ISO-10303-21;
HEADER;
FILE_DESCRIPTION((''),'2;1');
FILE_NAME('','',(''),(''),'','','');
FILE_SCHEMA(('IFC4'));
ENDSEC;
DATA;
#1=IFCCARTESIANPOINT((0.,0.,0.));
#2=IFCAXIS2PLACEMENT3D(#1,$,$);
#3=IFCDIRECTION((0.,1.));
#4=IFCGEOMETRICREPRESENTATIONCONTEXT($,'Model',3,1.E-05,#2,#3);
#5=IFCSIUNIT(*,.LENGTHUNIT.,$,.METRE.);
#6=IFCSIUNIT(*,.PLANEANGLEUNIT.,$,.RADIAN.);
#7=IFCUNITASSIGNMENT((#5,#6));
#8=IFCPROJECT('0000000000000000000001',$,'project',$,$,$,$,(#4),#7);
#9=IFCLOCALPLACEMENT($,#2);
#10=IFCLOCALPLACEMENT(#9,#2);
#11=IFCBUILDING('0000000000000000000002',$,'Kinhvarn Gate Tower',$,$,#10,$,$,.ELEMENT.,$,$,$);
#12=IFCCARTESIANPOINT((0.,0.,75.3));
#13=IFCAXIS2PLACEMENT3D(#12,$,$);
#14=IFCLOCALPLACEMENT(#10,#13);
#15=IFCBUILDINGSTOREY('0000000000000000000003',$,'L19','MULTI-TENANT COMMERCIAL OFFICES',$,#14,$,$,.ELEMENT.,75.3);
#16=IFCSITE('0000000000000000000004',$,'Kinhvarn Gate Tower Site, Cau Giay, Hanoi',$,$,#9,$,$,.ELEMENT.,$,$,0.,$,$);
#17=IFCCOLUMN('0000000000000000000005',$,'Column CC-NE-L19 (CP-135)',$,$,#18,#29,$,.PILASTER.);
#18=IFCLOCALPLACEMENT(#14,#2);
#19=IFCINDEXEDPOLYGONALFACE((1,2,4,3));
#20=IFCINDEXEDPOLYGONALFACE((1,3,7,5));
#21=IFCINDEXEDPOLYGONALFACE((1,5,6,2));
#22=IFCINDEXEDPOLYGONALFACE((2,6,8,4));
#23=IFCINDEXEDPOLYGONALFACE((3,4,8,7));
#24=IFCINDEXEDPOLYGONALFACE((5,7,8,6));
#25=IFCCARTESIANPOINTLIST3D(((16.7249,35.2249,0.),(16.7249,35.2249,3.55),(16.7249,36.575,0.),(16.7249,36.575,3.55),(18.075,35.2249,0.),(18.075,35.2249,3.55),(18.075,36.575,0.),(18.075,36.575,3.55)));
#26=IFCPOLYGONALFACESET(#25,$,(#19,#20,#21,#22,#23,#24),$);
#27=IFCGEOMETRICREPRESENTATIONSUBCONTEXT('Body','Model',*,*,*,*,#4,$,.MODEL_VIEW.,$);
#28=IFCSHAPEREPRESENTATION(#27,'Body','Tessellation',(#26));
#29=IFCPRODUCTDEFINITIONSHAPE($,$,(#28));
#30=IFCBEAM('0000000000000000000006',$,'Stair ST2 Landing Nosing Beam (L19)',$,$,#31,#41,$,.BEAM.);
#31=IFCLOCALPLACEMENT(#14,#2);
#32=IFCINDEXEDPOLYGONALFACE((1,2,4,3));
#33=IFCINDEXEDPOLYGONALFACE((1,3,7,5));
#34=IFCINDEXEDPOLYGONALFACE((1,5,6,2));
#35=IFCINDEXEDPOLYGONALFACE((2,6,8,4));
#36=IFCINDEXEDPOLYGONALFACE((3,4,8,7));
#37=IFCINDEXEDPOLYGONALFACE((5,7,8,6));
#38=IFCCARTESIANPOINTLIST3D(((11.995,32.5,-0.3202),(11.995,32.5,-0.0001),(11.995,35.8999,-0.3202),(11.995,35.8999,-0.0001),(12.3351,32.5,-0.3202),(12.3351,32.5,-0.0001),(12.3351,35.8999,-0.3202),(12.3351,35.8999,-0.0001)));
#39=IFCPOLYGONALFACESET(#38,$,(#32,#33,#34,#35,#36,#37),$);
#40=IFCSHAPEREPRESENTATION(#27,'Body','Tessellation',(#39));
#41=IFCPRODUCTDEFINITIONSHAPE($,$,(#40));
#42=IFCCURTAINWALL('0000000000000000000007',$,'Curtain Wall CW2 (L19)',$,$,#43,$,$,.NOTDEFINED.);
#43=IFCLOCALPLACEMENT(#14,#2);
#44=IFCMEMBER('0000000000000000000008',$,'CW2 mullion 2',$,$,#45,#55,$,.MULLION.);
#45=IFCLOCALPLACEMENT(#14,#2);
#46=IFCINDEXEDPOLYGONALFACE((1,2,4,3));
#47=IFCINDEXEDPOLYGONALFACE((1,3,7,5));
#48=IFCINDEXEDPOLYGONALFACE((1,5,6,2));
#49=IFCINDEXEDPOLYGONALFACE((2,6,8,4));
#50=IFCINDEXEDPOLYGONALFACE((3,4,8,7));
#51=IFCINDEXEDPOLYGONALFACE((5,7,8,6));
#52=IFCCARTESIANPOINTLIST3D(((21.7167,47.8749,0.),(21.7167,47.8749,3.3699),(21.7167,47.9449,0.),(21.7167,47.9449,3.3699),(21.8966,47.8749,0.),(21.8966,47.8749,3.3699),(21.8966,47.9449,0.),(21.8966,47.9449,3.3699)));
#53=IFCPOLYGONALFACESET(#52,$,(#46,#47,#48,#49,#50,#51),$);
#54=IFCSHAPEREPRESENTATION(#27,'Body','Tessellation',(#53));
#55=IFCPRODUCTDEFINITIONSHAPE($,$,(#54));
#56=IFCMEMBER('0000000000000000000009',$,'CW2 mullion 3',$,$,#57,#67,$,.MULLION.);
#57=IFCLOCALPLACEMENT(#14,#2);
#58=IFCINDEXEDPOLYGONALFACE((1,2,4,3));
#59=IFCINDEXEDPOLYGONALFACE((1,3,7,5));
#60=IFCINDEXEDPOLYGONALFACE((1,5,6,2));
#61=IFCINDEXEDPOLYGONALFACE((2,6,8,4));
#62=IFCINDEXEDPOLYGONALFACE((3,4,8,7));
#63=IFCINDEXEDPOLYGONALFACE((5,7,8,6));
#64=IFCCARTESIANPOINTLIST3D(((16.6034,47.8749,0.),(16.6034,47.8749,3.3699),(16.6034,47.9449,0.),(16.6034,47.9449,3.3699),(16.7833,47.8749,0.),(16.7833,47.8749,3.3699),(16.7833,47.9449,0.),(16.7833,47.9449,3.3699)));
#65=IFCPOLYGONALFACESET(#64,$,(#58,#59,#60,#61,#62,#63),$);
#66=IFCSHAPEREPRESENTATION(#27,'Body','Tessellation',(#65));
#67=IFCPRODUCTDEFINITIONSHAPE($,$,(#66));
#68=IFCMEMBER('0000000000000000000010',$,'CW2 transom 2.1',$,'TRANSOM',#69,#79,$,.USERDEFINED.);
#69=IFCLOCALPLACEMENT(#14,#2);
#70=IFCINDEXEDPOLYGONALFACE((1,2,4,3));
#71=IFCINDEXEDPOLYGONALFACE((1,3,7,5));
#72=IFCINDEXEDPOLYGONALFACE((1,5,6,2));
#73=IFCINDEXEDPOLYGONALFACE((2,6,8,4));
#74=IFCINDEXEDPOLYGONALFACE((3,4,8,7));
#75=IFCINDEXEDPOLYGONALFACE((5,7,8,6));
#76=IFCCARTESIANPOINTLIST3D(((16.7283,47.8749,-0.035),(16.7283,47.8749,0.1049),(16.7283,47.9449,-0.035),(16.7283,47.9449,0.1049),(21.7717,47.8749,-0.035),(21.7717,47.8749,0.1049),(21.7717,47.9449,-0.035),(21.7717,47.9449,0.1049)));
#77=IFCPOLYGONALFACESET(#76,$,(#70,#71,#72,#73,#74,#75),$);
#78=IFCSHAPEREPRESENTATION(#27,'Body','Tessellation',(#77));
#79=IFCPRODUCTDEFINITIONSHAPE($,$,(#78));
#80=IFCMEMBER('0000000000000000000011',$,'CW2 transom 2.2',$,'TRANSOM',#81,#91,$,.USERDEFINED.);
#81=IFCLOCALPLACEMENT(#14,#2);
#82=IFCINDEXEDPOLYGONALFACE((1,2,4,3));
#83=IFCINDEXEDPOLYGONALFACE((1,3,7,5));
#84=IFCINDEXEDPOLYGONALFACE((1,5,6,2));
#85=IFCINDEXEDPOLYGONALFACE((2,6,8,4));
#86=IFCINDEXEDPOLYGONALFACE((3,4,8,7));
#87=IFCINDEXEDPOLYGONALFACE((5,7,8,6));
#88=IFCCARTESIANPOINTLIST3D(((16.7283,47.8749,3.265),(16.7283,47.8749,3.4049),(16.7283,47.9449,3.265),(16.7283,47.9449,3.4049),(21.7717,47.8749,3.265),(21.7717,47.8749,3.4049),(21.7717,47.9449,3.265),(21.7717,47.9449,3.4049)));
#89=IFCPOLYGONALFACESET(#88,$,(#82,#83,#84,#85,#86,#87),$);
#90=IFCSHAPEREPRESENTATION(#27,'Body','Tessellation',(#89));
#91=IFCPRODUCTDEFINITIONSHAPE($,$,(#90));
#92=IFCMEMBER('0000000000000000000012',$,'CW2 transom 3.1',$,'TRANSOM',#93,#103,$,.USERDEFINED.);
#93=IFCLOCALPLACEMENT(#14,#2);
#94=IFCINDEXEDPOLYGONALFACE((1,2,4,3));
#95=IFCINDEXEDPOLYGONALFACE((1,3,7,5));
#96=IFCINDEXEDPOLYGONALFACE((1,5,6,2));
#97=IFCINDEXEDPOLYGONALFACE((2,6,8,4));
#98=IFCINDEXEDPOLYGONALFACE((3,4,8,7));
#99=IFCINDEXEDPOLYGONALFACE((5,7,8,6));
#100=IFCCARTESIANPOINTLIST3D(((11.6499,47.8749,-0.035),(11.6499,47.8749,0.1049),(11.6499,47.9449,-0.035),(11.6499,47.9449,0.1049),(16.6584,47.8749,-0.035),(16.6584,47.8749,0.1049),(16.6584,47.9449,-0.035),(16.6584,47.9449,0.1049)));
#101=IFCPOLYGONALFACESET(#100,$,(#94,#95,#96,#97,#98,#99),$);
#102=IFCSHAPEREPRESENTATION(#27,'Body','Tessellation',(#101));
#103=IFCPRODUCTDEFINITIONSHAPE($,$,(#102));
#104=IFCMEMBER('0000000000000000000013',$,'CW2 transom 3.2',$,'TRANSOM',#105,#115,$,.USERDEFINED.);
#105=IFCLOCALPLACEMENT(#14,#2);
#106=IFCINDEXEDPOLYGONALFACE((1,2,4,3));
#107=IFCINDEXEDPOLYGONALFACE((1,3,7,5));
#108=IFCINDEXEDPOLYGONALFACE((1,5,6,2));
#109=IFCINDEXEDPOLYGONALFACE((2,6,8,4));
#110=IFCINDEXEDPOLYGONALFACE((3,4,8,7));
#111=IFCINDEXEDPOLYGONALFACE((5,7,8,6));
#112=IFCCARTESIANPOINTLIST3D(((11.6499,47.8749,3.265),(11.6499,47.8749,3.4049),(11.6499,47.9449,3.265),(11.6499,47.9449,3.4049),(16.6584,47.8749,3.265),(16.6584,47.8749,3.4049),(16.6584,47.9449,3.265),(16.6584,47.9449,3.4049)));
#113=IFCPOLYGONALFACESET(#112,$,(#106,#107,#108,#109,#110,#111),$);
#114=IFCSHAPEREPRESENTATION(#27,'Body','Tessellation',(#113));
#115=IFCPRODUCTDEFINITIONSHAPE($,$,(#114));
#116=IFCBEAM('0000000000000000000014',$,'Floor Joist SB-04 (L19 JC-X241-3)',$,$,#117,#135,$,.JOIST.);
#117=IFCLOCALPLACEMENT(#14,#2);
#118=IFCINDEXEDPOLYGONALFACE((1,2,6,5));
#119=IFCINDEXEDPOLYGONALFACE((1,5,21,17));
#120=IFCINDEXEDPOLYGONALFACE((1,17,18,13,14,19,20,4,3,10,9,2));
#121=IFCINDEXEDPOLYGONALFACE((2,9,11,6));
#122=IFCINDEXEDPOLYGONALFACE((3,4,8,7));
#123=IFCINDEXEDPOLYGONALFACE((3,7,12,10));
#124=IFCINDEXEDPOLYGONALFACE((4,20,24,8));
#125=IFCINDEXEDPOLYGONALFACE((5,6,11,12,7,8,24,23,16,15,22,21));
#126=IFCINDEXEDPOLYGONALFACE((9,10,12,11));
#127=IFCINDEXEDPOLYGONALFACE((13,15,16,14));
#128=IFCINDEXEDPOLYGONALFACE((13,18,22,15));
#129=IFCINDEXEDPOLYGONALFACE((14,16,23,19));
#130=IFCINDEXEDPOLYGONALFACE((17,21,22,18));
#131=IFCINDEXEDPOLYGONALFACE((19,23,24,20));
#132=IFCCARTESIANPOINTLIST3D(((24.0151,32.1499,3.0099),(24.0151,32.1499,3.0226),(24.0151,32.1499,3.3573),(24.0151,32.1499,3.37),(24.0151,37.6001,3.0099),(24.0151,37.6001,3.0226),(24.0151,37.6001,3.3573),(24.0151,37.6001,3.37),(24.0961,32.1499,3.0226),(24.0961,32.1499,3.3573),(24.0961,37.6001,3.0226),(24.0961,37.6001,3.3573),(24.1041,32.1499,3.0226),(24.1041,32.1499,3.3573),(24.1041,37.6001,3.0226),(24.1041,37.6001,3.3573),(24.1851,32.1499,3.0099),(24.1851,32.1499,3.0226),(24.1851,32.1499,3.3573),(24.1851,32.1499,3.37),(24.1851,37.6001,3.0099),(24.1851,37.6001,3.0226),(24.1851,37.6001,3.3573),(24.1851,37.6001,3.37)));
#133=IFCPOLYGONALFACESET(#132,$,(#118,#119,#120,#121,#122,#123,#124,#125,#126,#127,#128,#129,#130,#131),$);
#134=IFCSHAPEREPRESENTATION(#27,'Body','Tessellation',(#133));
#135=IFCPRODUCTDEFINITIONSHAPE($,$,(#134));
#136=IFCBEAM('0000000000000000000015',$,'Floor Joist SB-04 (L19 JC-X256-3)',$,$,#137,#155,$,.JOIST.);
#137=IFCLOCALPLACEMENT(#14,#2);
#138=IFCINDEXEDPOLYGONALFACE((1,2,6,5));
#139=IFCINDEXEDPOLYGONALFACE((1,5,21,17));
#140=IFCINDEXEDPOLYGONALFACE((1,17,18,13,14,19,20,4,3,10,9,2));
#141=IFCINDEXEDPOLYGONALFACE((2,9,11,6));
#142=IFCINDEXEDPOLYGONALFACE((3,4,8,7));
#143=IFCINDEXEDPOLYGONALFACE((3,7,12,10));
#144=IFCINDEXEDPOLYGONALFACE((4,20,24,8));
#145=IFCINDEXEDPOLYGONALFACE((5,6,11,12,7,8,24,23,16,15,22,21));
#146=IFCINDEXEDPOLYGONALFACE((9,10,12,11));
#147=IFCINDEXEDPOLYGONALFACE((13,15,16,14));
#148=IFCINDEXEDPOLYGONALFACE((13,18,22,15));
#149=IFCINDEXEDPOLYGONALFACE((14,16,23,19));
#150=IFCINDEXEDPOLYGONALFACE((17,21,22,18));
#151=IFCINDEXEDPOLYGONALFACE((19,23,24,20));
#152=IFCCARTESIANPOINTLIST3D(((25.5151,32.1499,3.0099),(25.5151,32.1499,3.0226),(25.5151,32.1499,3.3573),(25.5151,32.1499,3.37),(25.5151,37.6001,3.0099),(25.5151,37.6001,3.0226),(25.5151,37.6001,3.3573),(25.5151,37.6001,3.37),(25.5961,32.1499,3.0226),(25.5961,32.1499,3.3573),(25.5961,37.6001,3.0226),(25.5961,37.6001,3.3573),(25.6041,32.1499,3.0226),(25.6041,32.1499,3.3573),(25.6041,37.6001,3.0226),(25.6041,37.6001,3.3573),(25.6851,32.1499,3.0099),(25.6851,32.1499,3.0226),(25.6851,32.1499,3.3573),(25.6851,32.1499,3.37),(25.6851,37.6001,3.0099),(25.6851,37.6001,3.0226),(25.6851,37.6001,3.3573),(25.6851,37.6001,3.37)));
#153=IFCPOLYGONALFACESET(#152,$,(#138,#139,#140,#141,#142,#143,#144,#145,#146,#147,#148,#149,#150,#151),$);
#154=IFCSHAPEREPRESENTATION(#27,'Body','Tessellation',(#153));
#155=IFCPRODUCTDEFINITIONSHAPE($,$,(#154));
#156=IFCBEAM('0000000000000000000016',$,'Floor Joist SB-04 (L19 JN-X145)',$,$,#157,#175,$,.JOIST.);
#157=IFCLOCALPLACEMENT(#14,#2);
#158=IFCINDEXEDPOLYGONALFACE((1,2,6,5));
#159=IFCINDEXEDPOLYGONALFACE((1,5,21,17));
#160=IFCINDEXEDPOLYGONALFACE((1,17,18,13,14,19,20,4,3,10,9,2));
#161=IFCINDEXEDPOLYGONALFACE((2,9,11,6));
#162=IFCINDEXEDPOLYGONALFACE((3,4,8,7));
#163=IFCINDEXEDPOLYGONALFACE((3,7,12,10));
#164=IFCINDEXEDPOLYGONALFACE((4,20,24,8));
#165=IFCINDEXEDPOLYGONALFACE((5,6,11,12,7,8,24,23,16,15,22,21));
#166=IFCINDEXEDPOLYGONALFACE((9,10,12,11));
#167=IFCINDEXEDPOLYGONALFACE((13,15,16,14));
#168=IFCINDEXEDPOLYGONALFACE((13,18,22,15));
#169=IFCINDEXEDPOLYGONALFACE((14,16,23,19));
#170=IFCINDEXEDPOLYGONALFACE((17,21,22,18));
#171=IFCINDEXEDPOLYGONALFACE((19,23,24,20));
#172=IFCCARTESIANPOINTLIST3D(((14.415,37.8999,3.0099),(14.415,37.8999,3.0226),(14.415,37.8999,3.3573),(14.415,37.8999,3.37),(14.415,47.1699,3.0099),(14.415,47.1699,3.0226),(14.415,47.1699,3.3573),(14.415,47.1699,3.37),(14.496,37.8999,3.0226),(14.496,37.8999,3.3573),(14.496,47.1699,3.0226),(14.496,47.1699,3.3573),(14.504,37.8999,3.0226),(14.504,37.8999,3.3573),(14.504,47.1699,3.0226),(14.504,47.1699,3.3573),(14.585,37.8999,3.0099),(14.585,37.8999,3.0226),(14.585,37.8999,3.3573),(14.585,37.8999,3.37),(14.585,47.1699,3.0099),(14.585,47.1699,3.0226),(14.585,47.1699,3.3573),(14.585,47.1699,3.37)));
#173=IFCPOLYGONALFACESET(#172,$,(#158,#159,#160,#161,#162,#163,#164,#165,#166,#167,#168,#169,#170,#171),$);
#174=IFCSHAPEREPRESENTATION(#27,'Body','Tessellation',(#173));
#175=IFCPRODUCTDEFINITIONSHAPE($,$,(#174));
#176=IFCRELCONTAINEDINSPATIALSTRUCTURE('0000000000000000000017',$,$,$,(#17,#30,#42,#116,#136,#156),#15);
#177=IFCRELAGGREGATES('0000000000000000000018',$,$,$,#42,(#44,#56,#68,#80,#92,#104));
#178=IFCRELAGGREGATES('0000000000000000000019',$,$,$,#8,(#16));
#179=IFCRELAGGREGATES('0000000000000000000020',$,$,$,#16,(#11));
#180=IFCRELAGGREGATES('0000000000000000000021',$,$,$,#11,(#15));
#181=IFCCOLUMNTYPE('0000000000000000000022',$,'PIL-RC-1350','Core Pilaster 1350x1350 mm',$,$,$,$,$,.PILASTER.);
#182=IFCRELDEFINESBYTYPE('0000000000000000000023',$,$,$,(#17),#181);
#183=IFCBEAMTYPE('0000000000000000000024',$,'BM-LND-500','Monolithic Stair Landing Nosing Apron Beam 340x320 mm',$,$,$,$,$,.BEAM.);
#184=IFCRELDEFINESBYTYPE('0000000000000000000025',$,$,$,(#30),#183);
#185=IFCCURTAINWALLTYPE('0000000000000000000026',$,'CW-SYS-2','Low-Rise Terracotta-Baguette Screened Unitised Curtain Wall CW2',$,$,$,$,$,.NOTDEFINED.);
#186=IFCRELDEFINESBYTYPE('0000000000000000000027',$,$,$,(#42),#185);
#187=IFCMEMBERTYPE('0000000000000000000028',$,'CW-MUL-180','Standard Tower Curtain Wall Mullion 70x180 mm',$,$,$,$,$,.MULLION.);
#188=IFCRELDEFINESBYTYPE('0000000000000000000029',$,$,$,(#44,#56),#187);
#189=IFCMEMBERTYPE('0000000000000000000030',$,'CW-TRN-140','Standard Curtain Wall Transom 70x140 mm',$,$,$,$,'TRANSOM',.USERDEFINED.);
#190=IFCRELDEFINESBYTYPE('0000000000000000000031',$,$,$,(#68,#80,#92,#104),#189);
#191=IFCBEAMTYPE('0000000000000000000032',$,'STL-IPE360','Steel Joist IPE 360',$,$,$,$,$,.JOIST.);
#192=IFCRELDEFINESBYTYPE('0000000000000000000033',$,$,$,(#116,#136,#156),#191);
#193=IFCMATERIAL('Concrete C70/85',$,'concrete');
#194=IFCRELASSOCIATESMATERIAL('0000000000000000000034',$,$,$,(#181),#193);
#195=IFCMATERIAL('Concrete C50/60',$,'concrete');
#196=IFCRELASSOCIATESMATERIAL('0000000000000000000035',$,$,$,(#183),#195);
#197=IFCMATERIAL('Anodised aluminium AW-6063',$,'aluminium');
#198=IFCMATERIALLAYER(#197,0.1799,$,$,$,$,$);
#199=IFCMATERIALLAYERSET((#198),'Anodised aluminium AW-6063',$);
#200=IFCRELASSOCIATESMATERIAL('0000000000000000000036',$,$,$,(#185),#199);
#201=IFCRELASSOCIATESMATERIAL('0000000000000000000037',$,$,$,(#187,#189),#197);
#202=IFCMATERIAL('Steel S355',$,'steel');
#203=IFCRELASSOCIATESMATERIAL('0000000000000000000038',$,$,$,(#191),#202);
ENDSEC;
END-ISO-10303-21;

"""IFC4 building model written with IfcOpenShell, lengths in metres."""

from ifc_helpers import new_model, si_unit, direction, frame, origin, origin_2d, place, context, subcontext, project, spatial, rectangle, i_section, extrude, material, layer, layer_set, material_profile, profile_set, type_object, element, aggregate, save


model = new_model("IFC4")

# Units and contexts
model_context = context("Model", 3, precision=1e-05, world=origin(), true_north=direction((0.0, 1.0)))
body_context = subcontext(model_context, "Body", "Model", "MODEL_VIEW")
ifc_project = project(units=[si_unit("LENGTHUNIT", "METRE"), si_unit("PLANEANGLEUNIT", "RADIAN")], contexts=[model_context])

# Site, building, storey
site_placement = place(None, origin())
site = spatial("IfcSite", under=ifc_project, at=site_placement, Name="Kinhvarn Gate Tower Site, Cau Giay, Hanoi", CompositionType="ELEMENT", RefElevation=0.0)
building_placement = place(site_placement, origin())
building = spatial("IfcBuilding", under=site, at=building_placement, Name="Kinhvarn Gate Tower", CompositionType="ELEMENT")
storey_placement = place(building_placement, frame((0.0, 0.0, 75.3)))
storey = spatial("IfcBuildingStorey", under=building, at=storey_placement, Name="L19", Description="MULTI-TENANT COMMERCIAL OFFICES", CompositionType="ELEMENT", Elevation=75.3)

# Column
ifc_material_1 = material(Name="Concrete C70/85", Category="concrete")
ifc_material_profile_1 = material_profile(ifc_material_1, rectangle(XDim=1.3501, YDim=1.3501, at=origin_2d()), Name="RC 1350x1350")
ifc_profile_set_1 = profile_set([ifc_material_profile_1], Name="Concrete C70/85")
column_type = type_object("IfcColumnType", Name="PIL-RC-1350", Description="Core Pilaster 1350x1350 mm", PredefinedType="PILASTER", material=ifc_profile_set_1)
column_placement = place(storey_placement, frame((17.3999, 35.8999, 0.0), z_axis=(0.0, 0.0, 1.0), x_axis=(1.0, 0.0, 0.0)))
element("IfcColumn", 1, at=column_placement, inside=storey, type_object=column_type, Name="Column CC-NE-L19 (CP-135)", PredefinedType="PILASTER", context=body_context, shape_type="SweptSolid", body=[
    extrude(rectangle(XDim=1.3501, YDim=1.3501, at=origin_2d()), origin(), (0.0, 0.0, 1.0), 3.55),
])

# Beam
ifc_material_2 = material(Name="Concrete C50/60", Category="concrete")
ifc_material_profile_2 = material_profile(ifc_material_2, rectangle(XDim=0.3401, YDim=0.3201, at=origin_2d()), Name="RC 340x320")
ifc_profile_set_2 = profile_set([ifc_material_profile_2], Name="Concrete C50/60")
beam_type_1 = type_object("IfcBeamType", Name="BM-LND-500", Description="Monolithic Stair Landing Nosing Apron Beam 340x320 mm", PredefinedType="BEAM", material=ifc_profile_set_2)
beam_placement = place(storey_placement, frame((12.165, 32.5, -0.1602), z_axis=(0.0, 1.0, 0.0), x_axis=(-1.0, 0.0, 0.0)))
element("IfcBeam", 2, at=beam_placement, inside=storey, type_object=beam_type_1, Name="Stair ST2 Landing Nosing Beam (L19)", PredefinedType="BEAM", context=body_context, shape_type="SweptSolid", body=[
    extrude(rectangle(XDim=0.3401, YDim=0.3201, at=origin_2d()), origin(), (0.0, 0.0, 1.0), 3.3999),
])

# Curtain wall, members
ifc_material_3 = material(Name="Anodised aluminium AW-6063", Category="aluminium")
ifc_layer_1 = layer(ifc_material_3, 0.1799)
ifc_layer_set_1 = layer_set([ifc_layer_1], Name="Anodised aluminium AW-6063")
curtain_wall_type = type_object("IfcCurtainWallType", Name="CW-SYS-2", Description="Low-Rise Terracotta-Baguette Screened Unitised Curtain Wall CW2", PredefinedType="NOTDEFINED", material=ifc_layer_set_1)
curtain_wall_placement = place(storey_placement, origin())
curtain_wall = element("IfcCurtainWall", 3, at=curtain_wall_placement, inside=storey, type_object=curtain_wall_type, Name="Curtain Wall CW2 (L19)", PredefinedType="NOTDEFINED")
ifc_material_profile_3 = material_profile(ifc_material_3, rectangle(XDim=0.0701, YDim=0.1799, at=origin_2d()), Name="ALU 70x180")
ifc_profile_set_3 = profile_set([ifc_material_profile_3], Name="Anodised aluminium AW-6063")
member_type_1 = type_object("IfcMemberType", Name="CW-MUL-180", Description="Standard Tower Curtain Wall Mullion 70x180 mm", PredefinedType="MULLION", material=ifc_profile_set_3)
member_1_placement = place(storey_placement, frame((21.8066, 47.9099, 0.0), z_axis=(0.0, 0.0, 1.0), x_axis=(0.0, -1.0, 0.0)))
member_1 = element("IfcMember", 4, at=member_1_placement, type_object=member_type_1, Name="CW2 mullion 2", PredefinedType="MULLION", context=body_context, shape_type="SweptSolid", body=[
    extrude(rectangle(XDim=0.0701, YDim=0.1799, at=origin_2d()), origin(), (0.0, 0.0, 1.0), 3.3699),
])
member_2_placement = place(storey_placement, frame((16.6934, 47.9099, 0.0), z_axis=(0.0, 0.0, 1.0), x_axis=(0.0, -1.0, 0.0)))
member_2 = element("IfcMember", 5, at=member_2_placement, type_object=member_type_1, Name="CW2 mullion 3", PredefinedType="MULLION", context=body_context, shape_type="SweptSolid", body=[
    extrude(rectangle(XDim=0.0701, YDim=0.1799, at=origin_2d()), origin(), (0.0, 0.0, 1.0), 3.3699),
])
ifc_material_profile_4 = material_profile(ifc_material_3, rectangle(XDim=0.0701, YDim=0.1399, at=origin_2d()), Name="ALU 70x140")
ifc_profile_set_4 = profile_set([ifc_material_profile_4], Name="Anodised aluminium AW-6063")
member_type_2 = type_object("IfcMemberType", Name="CW-TRN-140", Description="Standard Curtain Wall Transom 70x140 mm", ElementType="TRANSOM", PredefinedType="USERDEFINED", material=ifc_profile_set_4)
member_3_placement = place(storey_placement, frame((21.7717, 47.9099, 0.0349), z_axis=(-1.0, 0.0, 0.0), x_axis=(0.0, -1.0, 0.0)))
member_3 = element("IfcMember", 6, at=member_3_placement, type_object=member_type_2, Name="CW2 transom 2.1", ObjectType="TRANSOM", PredefinedType="USERDEFINED", context=body_context, shape_type="SweptSolid", body=[
    extrude(rectangle(XDim=0.0701, YDim=0.1399, at=origin_2d()), origin(), (0.0, 0.0, 1.0), 5.0435),
])
member_4_placement = place(storey_placement, frame((21.7717, 47.9099, 3.335), z_axis=(-1.0, 0.0, 0.0), x_axis=(0.0, -1.0, 0.0)))
member_4 = element("IfcMember", 7, at=member_4_placement, type_object=member_type_2, Name="CW2 transom 2.2", ObjectType="TRANSOM", PredefinedType="USERDEFINED", context=body_context, shape_type="SweptSolid", body=[
    extrude(rectangle(XDim=0.0701, YDim=0.1399, at=origin_2d()), origin(), (0.0, 0.0, 1.0), 5.0435),
])
member_5_placement = place(storey_placement, frame((16.6584, 47.9099, 0.0349), z_axis=(-1.0, 0.0, 0.0), x_axis=(0.0, -1.0, 0.0)))
member_5 = element("IfcMember", 8, at=member_5_placement, type_object=member_type_2, Name="CW2 transom 3.1", ObjectType="TRANSOM", PredefinedType="USERDEFINED", context=body_context, shape_type="SweptSolid", body=[
    extrude(rectangle(XDim=0.0701, YDim=0.1399, at=origin_2d()), origin(), (0.0, 0.0, 1.0), 5.0085),
])
member_6_placement = place(storey_placement, frame((16.6584, 47.9099, 3.335), z_axis=(-1.0, 0.0, 0.0), x_axis=(0.0, -1.0, 0.0)))
member_6 = element("IfcMember", 9, at=member_6_placement, type_object=member_type_2, Name="CW2 transom 3.2", ObjectType="TRANSOM", PredefinedType="USERDEFINED", context=body_context, shape_type="SweptSolid", body=[
    extrude(rectangle(XDim=0.0701, YDim=0.1399, at=origin_2d()), origin(), (0.0, 0.0, 1.0), 5.0085),
])

# Beams
ifc_material_4 = material(Name="Steel S355", Category="steel")
ifc_material_profile_5 = material_profile(ifc_material_4, i_section(OverallWidth=0.1699, OverallDepth=0.3601, WebThickness=0.0081, FlangeThickness=0.0127, at=origin_2d()), Name="IPE 360")
ifc_profile_set_5 = profile_set([ifc_material_profile_5], Name="Steel S355")
beam_type_2 = type_object("IfcBeamType", Name="STL-IPE360", Description="Steel Joist IPE 360", PredefinedType="JOIST", material=ifc_profile_set_5)
for number, where, z_axis, x_axis, name in (
    (10, (24.1001, 32.1499, 3.1899), (0.0, 1.0, 0.0), (-1.0, 0.0, 0.0), "Floor Joist SB-04 (L19 JC-X241-3)"),
    (11, (25.6001, 32.1499, 3.1899), (0.0, 1.0, 0.0), (-1.0, 0.0, 0.0), "Floor Joist SB-04 (L19 JC-X256-3)"),
):
    element("IfcBeam", number, at=place(storey_placement, frame(where, z_axis=z_axis, x_axis=x_axis)), inside=storey, type_object=beam_type_2, Name=name, PredefinedType="JOIST", context=body_context, shape_type="SweptSolid", body=[
        extrude(i_section(OverallWidth=0.1699, OverallDepth=0.3601, WebThickness=0.0081, FlangeThickness=0.0127, at=origin_2d()), origin(), (0.0, 0.0, 1.0), 5.4502),
    ])
for number, where, z_axis, x_axis, name in (
    (12, (14.5, 37.8999, 3.1899), (0.0, 1.0, 0.0), (-1.0, 0.0, 0.0), "Floor Joist SB-04 (L19 JN-X145)"),
):
    element("IfcBeam", number, at=place(storey_placement, frame(where, z_axis=z_axis, x_axis=x_axis)), inside=storey, type_object=beam_type_2, Name=name, PredefinedType="JOIST", context=body_context, shape_type="SweptSolid", body=[
        extrude(i_section(OverallWidth=0.1699, OverallDepth=0.3601, WebThickness=0.0081, FlangeThickness=0.0127, at=origin_2d()), origin(), (0.0, 0.0, 1.0), 9.27),
    ])

aggregate(curtain_wall, [member_1, member_2, member_3, member_4, member_5, member_6])

save(model, "model.ifc")
